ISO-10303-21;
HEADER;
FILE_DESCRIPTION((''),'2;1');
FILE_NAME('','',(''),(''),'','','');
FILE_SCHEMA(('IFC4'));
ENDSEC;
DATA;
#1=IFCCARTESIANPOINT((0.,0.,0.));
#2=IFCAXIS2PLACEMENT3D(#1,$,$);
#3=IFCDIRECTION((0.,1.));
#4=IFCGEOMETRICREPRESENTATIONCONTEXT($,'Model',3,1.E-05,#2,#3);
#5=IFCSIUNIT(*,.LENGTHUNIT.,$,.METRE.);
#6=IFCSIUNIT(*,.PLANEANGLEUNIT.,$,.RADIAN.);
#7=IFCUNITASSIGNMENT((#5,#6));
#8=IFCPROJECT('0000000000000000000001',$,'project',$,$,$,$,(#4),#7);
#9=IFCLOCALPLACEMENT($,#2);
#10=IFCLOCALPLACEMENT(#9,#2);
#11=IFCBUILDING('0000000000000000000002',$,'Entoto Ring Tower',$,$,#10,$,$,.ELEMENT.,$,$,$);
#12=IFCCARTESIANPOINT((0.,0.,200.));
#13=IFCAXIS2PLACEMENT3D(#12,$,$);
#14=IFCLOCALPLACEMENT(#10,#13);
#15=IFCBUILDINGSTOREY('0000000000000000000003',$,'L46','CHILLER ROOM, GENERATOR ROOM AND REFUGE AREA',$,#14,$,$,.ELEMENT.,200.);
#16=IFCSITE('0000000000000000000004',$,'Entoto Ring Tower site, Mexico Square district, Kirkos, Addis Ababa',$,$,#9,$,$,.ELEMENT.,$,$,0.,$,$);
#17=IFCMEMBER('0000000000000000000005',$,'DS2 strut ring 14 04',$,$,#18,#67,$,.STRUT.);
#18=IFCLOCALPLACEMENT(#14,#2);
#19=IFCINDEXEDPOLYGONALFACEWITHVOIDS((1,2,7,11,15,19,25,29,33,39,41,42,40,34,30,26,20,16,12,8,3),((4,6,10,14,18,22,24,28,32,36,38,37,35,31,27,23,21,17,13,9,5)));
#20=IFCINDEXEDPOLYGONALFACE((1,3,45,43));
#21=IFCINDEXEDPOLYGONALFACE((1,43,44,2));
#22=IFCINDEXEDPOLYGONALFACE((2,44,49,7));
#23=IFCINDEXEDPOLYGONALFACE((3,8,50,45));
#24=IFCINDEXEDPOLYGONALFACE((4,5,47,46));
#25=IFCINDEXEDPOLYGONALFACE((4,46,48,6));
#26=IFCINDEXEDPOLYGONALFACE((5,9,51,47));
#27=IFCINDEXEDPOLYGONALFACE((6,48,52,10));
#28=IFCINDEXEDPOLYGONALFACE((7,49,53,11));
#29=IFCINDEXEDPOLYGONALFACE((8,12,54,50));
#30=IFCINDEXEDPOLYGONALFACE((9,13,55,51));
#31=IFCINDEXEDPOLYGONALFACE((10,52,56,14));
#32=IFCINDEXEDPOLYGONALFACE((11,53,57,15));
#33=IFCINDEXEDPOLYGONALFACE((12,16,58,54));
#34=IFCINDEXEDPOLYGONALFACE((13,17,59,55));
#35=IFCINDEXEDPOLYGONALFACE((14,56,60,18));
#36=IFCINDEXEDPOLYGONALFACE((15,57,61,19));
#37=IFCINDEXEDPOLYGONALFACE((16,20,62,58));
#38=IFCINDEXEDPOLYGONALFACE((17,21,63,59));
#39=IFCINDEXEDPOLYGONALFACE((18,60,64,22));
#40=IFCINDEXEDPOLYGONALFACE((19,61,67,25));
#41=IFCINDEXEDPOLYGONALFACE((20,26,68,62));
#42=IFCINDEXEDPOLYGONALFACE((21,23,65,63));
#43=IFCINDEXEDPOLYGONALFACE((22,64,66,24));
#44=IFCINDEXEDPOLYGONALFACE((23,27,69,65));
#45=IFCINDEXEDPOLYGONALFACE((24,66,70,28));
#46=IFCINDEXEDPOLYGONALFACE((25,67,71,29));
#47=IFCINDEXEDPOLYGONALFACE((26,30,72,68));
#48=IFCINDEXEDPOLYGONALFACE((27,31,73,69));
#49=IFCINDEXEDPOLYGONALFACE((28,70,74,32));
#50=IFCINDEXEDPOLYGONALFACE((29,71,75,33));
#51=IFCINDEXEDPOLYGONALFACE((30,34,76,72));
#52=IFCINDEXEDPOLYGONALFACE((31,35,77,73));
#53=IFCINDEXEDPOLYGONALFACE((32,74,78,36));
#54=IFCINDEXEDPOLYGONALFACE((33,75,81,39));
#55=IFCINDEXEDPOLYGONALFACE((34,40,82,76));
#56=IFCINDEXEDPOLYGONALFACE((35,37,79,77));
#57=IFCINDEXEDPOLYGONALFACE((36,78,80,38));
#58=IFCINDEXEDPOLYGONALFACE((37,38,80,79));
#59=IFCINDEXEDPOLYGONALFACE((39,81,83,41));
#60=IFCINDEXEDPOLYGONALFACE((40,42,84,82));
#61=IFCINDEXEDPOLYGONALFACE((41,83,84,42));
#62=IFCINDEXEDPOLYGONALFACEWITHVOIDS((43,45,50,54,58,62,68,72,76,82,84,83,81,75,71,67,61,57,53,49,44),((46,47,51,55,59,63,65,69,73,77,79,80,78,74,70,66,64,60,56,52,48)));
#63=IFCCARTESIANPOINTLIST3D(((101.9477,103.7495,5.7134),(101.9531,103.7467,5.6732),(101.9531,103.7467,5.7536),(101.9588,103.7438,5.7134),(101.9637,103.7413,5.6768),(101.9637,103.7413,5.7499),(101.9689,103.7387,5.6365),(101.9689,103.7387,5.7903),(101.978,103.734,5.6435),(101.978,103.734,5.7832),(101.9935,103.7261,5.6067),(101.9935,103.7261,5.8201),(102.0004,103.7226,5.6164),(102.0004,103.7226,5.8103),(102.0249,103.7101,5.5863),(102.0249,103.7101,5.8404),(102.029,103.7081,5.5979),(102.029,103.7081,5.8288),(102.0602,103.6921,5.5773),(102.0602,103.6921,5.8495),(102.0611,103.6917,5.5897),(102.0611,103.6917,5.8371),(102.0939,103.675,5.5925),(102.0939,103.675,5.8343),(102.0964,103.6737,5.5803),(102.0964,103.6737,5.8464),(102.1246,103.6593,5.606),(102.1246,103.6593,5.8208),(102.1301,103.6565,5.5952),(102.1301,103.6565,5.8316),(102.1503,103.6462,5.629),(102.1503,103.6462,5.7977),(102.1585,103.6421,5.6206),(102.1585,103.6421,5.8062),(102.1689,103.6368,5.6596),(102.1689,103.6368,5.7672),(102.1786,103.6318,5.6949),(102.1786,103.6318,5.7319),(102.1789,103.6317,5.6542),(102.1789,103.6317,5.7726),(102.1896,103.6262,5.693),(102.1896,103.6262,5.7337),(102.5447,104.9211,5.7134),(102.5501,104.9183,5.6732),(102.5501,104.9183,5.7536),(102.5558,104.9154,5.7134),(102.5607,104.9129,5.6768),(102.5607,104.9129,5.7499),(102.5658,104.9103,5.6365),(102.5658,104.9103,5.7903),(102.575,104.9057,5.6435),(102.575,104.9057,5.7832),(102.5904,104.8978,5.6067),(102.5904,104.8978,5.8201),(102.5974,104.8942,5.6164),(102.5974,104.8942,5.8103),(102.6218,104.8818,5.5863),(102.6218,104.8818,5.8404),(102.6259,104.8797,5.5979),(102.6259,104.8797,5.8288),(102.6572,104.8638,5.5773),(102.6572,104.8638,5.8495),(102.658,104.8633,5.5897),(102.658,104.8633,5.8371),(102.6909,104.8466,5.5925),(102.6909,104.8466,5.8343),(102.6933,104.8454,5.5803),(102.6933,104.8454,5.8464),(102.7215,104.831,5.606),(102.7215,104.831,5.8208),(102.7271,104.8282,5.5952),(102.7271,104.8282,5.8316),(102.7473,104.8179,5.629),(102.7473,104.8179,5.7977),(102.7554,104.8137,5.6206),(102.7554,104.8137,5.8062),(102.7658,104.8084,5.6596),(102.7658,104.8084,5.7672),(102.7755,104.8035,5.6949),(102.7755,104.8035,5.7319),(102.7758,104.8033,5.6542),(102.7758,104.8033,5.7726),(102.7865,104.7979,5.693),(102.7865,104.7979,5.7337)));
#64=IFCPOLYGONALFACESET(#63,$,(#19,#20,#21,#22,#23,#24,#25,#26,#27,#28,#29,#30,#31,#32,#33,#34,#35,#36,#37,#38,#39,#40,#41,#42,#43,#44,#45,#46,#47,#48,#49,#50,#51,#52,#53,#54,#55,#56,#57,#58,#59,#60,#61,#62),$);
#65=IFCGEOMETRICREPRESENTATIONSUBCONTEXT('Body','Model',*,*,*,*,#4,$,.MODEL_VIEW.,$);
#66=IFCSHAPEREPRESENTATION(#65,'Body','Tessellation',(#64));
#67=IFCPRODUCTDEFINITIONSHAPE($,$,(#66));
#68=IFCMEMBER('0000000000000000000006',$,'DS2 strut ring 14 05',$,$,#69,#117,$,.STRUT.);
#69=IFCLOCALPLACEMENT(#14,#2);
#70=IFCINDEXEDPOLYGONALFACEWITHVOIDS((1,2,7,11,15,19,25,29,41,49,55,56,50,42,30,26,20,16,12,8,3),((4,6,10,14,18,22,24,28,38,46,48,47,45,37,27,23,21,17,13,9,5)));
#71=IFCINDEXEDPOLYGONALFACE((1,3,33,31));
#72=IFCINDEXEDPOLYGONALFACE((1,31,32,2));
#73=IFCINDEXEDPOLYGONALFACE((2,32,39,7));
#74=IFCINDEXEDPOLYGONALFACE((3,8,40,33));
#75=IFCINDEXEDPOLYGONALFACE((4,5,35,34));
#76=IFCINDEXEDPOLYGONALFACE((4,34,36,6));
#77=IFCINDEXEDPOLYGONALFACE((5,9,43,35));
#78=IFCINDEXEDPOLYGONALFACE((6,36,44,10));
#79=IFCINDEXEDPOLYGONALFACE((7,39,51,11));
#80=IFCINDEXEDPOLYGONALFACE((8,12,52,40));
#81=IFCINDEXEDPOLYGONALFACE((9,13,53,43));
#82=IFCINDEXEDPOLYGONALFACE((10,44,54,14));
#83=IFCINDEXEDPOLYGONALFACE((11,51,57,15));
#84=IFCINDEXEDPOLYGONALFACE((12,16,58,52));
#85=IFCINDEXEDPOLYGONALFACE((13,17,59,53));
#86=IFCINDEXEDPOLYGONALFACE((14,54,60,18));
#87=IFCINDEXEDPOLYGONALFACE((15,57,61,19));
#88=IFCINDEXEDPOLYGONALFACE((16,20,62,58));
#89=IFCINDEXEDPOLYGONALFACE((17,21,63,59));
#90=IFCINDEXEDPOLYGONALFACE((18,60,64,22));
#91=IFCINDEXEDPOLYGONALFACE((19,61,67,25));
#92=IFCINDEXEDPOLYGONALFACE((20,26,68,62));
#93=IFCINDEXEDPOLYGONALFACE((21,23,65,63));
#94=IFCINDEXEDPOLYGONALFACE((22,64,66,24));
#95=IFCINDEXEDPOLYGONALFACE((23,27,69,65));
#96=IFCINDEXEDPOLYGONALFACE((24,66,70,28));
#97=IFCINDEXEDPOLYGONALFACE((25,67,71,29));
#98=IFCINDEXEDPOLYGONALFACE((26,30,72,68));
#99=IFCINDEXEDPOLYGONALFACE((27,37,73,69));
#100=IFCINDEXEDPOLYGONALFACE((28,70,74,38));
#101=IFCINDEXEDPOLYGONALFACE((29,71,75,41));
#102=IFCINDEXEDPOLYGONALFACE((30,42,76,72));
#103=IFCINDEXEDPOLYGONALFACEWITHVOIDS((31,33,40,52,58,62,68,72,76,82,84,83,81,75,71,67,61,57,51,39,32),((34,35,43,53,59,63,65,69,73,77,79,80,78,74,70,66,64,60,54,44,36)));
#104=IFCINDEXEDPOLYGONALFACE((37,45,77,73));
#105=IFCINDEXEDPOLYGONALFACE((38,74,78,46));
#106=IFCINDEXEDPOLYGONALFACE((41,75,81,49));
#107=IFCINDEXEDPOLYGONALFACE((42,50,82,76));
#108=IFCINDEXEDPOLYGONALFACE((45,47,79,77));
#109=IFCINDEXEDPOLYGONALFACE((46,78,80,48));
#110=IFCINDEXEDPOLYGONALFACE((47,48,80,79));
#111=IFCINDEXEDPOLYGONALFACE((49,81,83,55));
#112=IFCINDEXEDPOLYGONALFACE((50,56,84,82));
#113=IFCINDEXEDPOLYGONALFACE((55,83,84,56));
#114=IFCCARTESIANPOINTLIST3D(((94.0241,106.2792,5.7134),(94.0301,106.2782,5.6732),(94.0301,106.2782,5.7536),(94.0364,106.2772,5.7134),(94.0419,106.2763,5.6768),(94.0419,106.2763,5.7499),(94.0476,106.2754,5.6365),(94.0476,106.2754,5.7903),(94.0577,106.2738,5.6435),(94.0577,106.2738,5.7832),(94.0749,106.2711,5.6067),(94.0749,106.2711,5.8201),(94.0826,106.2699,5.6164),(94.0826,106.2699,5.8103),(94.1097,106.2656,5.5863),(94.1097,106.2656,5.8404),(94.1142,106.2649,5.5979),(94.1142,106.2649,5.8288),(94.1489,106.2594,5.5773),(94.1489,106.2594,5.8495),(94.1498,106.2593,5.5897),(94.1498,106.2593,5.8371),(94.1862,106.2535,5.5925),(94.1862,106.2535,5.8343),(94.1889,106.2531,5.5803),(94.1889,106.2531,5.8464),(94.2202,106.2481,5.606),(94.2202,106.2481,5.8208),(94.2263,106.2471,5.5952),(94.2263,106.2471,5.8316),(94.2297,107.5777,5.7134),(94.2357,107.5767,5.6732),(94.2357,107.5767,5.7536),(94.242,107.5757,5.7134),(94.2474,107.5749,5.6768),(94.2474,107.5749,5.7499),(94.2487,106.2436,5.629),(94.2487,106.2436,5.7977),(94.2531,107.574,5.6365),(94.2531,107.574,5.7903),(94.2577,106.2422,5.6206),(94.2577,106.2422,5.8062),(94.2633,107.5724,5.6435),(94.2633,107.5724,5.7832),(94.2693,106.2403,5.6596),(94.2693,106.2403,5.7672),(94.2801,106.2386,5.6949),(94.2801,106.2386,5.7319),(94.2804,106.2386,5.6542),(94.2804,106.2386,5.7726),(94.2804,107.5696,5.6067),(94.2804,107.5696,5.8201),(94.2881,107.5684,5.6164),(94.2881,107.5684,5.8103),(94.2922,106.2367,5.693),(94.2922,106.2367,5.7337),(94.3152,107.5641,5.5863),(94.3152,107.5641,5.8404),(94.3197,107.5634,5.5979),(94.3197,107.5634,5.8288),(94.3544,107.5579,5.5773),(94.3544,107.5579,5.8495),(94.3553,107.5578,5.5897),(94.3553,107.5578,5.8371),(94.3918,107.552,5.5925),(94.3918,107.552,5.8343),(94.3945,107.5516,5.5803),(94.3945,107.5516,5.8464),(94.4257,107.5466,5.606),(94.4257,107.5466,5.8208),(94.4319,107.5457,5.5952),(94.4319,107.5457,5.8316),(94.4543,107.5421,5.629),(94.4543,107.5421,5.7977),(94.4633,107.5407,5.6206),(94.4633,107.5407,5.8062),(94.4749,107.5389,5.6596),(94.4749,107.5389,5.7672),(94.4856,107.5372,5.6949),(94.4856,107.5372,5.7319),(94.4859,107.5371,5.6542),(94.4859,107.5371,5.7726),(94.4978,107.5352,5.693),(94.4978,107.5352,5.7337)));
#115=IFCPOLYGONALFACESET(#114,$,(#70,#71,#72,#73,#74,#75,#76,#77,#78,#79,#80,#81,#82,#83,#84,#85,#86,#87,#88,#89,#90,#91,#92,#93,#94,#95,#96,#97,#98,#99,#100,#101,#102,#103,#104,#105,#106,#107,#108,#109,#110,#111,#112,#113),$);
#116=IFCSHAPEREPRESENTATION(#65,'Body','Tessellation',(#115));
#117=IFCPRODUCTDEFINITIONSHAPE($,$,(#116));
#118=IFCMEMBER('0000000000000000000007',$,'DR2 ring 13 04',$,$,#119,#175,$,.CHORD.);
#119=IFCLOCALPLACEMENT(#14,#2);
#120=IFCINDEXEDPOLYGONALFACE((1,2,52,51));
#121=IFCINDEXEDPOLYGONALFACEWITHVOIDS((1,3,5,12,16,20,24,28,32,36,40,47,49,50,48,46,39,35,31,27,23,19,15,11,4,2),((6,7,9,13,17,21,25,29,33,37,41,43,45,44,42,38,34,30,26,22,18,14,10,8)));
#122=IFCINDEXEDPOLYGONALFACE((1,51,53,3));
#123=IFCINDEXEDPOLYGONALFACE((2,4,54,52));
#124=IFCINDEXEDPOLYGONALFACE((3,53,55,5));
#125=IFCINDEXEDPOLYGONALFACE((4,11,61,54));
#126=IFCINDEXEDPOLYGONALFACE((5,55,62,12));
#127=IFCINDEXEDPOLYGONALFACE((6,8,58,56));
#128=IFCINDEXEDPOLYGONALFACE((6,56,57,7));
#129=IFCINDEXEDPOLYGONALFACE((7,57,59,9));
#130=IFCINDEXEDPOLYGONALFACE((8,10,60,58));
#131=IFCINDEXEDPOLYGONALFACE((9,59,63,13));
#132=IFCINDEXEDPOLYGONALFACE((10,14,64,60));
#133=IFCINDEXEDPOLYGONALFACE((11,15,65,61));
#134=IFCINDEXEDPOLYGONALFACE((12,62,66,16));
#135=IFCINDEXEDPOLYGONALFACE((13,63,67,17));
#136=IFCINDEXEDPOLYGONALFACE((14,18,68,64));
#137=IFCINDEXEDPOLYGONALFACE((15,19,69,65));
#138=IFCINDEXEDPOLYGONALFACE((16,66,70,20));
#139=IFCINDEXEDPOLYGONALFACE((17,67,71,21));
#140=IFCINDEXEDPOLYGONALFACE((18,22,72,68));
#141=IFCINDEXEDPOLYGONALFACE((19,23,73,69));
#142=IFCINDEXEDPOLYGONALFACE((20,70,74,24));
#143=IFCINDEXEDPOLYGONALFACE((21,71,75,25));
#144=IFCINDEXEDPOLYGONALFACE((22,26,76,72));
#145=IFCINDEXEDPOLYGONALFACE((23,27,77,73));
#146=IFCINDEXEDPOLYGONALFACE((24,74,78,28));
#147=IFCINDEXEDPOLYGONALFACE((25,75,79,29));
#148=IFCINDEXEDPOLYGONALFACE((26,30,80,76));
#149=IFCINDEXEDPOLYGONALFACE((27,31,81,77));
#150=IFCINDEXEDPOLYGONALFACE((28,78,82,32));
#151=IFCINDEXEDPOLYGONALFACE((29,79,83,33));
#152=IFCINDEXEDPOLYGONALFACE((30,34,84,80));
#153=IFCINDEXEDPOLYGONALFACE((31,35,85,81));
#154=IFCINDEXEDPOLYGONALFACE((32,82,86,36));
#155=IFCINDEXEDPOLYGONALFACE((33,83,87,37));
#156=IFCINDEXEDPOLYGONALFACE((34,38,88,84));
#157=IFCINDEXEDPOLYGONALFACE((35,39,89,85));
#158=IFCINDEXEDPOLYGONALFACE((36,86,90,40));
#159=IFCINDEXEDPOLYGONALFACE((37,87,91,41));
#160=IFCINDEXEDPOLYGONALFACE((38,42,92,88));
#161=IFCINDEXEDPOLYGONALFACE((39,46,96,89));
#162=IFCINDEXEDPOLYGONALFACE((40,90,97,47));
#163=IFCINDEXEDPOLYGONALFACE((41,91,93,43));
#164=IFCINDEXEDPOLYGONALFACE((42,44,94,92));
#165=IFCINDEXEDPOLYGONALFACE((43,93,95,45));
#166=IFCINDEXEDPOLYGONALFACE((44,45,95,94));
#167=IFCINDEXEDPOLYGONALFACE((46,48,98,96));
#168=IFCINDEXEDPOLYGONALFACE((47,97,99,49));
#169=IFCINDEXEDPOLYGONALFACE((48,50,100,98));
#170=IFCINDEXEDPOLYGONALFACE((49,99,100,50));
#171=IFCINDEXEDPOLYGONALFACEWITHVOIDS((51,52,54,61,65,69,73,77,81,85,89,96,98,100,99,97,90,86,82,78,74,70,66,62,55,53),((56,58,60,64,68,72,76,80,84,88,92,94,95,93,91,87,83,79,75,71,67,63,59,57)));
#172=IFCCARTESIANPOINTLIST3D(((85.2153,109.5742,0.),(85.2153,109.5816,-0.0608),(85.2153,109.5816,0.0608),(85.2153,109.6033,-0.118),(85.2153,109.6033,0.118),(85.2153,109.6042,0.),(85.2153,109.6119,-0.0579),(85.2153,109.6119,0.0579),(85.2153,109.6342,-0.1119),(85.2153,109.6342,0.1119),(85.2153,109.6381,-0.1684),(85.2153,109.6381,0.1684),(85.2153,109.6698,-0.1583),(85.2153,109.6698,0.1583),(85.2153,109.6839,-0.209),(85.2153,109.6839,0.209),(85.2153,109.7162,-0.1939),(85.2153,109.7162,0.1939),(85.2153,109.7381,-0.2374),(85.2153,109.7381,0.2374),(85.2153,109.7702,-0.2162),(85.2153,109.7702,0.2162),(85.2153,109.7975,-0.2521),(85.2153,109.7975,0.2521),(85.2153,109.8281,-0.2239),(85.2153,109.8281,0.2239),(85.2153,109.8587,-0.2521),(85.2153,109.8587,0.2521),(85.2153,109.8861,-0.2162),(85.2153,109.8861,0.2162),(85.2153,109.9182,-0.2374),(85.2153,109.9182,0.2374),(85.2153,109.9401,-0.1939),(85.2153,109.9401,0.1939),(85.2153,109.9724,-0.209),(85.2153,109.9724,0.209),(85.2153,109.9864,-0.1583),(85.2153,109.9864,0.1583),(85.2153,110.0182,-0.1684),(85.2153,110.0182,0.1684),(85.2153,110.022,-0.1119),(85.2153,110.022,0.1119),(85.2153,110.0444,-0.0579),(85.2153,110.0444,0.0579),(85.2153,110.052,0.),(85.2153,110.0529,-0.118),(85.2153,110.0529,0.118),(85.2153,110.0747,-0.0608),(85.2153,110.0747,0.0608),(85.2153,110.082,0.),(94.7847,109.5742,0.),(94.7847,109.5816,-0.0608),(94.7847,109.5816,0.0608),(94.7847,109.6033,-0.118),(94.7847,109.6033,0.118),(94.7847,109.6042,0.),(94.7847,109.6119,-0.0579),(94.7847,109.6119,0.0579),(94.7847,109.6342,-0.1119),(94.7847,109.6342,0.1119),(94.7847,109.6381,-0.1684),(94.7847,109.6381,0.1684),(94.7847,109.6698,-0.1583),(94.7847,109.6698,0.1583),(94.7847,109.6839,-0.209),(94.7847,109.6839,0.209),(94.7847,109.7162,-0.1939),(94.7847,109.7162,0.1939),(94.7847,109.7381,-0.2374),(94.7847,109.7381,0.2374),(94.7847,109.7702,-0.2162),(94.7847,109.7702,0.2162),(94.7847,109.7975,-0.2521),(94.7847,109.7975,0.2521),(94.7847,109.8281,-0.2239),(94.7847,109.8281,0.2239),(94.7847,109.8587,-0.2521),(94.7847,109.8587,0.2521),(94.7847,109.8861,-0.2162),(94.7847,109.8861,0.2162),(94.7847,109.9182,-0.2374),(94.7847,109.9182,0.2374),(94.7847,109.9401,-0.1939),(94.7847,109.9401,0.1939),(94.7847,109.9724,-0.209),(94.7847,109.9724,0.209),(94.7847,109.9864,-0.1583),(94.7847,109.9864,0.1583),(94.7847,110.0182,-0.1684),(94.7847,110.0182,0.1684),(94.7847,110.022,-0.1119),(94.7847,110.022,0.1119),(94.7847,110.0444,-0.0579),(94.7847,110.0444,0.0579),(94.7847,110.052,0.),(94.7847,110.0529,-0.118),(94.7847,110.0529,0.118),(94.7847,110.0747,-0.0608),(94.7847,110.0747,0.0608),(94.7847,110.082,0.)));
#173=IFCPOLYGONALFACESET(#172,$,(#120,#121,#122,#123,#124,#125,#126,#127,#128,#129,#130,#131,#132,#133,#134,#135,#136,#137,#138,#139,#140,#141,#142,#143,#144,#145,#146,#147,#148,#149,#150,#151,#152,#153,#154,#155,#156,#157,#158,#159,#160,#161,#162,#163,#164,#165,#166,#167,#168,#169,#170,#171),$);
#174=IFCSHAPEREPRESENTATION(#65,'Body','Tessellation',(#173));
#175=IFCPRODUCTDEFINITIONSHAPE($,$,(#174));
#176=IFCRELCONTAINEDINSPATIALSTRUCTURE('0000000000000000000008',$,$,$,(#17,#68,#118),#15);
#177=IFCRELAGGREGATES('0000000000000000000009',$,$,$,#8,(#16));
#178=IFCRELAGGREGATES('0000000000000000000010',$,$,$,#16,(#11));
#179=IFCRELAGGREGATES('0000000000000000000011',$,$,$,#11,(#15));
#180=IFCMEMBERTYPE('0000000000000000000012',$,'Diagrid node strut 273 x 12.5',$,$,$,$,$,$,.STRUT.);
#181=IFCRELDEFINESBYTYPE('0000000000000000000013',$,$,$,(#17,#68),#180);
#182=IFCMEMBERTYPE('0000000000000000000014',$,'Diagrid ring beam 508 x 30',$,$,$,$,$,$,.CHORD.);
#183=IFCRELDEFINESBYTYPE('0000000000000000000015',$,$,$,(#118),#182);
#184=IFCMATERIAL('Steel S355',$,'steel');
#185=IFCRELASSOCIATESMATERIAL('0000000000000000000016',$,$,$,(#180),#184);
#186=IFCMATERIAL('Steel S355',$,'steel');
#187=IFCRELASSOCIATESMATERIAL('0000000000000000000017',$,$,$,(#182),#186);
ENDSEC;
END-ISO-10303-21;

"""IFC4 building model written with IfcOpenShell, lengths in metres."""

from ifc_helpers import new_model, si_unit, direction, frame, origin, origin_2d, place, context, subcontext, project, spatial, circle, hollow_circle, extrude, material, material_profile, profile_set, type_object, element, save


model = new_model("IFC4")

# Units and contexts
model_context = context("Model", 3, precision=1e-05, world=origin(), true_north=direction((0.0, 1.0)))
body_context = subcontext(model_context, "Body", "Model", "MODEL_VIEW")
ifc_project = project(units=[si_unit("LENGTHUNIT", "METRE"), si_unit("PLANEANGLEUNIT", "RADIAN")], contexts=[model_context])

# Site, building, storey
site_placement = place(None, origin())
site = spatial("IfcSite", under=ifc_project, at=site_placement, Name="Entoto Ring Tower site, Mexico Square district, Kirkos, Addis Ababa", CompositionType="ELEMENT", RefElevation=0.0)
building_placement = place(site_placement, origin())
building = spatial("IfcBuilding", under=site, at=building_placement, Name="Entoto Ring Tower", CompositionType="ELEMENT")
storey_placement = place(building_placement, frame((0.0, 0.0, 200.0)))
storey = spatial("IfcBuildingStorey", under=building, at=storey_placement, Name="L46", Description="CHILLER ROOM, GENERATOR ROOM AND REFUGE AREA", CompositionType="ELEMENT", Elevation=200.0)

# Members
ifc_material_1 = material(Name="Steel S355", Category="steel")
ifc_material_profile_1 = material_profile(ifc_material_1, hollow_circle(Radius=0.1365, WallThickness=0.0125, at=origin_2d()), Name="CHS 273 x 12.5")
ifc_material_2 = material(Name="Concrete C60/75", Category="concrete")
ifc_material_profile_2 = material_profile(ifc_material_2, circle(Radius=0.124, at=origin_2d()), Name="Concrete C60/75 infill")
ifc_profile_set_1 = profile_set([ifc_material_profile_1, ifc_material_profile_2], Name="Steel S355")
member_type_1 = type_object("IfcMemberType", Name="Diagrid node strut 273 x 12.5", PredefinedType="STRUT", material=ifc_profile_set_1)
member_1_placement = place(storey_placement, frame((102.0693, 103.6875, 5.7134), z_axis=(0.453959, 0.891022, 0.0), x_axis=(-0.891022, 0.453959, 0.0)))
element("IfcMember", 1, at=member_1_placement, inside=storey, type_object=member_type_1, Name="DS2 strut ring 14 04", PredefinedType="STRUT", context=body_context, shape_type="SweptSolid", body=[
    extrude(hollow_circle(Radius=0.1365, WallThickness=0.0125, at=origin_2d()), origin(), (0.0, 0.0, 1.0), 1.3149),
])
member_2_placement = place(storey_placement, frame((94.1589, 106.2578, 5.7134), z_axis=(0.156354, 0.987701, 0.0), x_axis=(-0.987701, 0.156354, 0.0)))
element("IfcMember", 2, at=member_2_placement, inside=storey, type_object=member_type_1, Name="DS2 strut ring 14 05", PredefinedType="STRUT", context=body_context, shape_type="SweptSolid", body=[
    extrude(hollow_circle(Radius=0.1365, WallThickness=0.0125, at=origin_2d()), origin(), (0.0, 0.0, 1.0), 1.3147),
])
ifc_material_3 = material(Name="Steel S355", Category="steel")
ifc_material_profile_3 = material_profile(ifc_material_3, hollow_circle(Radius=0.2539, WallThickness=0.03, at=origin_2d()), Name="CHS 508 x 30")
ifc_material_4 = material(Name="Concrete C60/75", Category="concrete")
ifc_material_profile_4 = material_profile(ifc_material_4, circle(Radius=0.2241, at=origin_2d()), Name="Concrete C60/75 infill")
ifc_profile_set_2 = profile_set([ifc_material_profile_3, ifc_material_profile_4], Name="Steel S355")
member_type_2 = type_object("IfcMemberType", Name="Diagrid ring beam 508 x 30", PredefinedType="CHORD", material=ifc_profile_set_2)
member_3_placement = place(storey_placement, frame((94.7847, 109.8281, 0.0), z_axis=(-1.0, 0.0, 0.0), x_axis=(0.0, -1.0, 0.0)))
element("IfcMember", 3, at=member_3_placement, inside=storey, type_object=member_type_2, Name="DR2 ring 13 04", PredefinedType="CHORD", context=body_context, shape_type="SweptSolid", body=[
    extrude(hollow_circle(Radius=0.2539, WallThickness=0.03, at=origin_2d()), origin(), (0.0, 0.0, 1.0), 9.5693),
])

save(model, "model.ifc")
